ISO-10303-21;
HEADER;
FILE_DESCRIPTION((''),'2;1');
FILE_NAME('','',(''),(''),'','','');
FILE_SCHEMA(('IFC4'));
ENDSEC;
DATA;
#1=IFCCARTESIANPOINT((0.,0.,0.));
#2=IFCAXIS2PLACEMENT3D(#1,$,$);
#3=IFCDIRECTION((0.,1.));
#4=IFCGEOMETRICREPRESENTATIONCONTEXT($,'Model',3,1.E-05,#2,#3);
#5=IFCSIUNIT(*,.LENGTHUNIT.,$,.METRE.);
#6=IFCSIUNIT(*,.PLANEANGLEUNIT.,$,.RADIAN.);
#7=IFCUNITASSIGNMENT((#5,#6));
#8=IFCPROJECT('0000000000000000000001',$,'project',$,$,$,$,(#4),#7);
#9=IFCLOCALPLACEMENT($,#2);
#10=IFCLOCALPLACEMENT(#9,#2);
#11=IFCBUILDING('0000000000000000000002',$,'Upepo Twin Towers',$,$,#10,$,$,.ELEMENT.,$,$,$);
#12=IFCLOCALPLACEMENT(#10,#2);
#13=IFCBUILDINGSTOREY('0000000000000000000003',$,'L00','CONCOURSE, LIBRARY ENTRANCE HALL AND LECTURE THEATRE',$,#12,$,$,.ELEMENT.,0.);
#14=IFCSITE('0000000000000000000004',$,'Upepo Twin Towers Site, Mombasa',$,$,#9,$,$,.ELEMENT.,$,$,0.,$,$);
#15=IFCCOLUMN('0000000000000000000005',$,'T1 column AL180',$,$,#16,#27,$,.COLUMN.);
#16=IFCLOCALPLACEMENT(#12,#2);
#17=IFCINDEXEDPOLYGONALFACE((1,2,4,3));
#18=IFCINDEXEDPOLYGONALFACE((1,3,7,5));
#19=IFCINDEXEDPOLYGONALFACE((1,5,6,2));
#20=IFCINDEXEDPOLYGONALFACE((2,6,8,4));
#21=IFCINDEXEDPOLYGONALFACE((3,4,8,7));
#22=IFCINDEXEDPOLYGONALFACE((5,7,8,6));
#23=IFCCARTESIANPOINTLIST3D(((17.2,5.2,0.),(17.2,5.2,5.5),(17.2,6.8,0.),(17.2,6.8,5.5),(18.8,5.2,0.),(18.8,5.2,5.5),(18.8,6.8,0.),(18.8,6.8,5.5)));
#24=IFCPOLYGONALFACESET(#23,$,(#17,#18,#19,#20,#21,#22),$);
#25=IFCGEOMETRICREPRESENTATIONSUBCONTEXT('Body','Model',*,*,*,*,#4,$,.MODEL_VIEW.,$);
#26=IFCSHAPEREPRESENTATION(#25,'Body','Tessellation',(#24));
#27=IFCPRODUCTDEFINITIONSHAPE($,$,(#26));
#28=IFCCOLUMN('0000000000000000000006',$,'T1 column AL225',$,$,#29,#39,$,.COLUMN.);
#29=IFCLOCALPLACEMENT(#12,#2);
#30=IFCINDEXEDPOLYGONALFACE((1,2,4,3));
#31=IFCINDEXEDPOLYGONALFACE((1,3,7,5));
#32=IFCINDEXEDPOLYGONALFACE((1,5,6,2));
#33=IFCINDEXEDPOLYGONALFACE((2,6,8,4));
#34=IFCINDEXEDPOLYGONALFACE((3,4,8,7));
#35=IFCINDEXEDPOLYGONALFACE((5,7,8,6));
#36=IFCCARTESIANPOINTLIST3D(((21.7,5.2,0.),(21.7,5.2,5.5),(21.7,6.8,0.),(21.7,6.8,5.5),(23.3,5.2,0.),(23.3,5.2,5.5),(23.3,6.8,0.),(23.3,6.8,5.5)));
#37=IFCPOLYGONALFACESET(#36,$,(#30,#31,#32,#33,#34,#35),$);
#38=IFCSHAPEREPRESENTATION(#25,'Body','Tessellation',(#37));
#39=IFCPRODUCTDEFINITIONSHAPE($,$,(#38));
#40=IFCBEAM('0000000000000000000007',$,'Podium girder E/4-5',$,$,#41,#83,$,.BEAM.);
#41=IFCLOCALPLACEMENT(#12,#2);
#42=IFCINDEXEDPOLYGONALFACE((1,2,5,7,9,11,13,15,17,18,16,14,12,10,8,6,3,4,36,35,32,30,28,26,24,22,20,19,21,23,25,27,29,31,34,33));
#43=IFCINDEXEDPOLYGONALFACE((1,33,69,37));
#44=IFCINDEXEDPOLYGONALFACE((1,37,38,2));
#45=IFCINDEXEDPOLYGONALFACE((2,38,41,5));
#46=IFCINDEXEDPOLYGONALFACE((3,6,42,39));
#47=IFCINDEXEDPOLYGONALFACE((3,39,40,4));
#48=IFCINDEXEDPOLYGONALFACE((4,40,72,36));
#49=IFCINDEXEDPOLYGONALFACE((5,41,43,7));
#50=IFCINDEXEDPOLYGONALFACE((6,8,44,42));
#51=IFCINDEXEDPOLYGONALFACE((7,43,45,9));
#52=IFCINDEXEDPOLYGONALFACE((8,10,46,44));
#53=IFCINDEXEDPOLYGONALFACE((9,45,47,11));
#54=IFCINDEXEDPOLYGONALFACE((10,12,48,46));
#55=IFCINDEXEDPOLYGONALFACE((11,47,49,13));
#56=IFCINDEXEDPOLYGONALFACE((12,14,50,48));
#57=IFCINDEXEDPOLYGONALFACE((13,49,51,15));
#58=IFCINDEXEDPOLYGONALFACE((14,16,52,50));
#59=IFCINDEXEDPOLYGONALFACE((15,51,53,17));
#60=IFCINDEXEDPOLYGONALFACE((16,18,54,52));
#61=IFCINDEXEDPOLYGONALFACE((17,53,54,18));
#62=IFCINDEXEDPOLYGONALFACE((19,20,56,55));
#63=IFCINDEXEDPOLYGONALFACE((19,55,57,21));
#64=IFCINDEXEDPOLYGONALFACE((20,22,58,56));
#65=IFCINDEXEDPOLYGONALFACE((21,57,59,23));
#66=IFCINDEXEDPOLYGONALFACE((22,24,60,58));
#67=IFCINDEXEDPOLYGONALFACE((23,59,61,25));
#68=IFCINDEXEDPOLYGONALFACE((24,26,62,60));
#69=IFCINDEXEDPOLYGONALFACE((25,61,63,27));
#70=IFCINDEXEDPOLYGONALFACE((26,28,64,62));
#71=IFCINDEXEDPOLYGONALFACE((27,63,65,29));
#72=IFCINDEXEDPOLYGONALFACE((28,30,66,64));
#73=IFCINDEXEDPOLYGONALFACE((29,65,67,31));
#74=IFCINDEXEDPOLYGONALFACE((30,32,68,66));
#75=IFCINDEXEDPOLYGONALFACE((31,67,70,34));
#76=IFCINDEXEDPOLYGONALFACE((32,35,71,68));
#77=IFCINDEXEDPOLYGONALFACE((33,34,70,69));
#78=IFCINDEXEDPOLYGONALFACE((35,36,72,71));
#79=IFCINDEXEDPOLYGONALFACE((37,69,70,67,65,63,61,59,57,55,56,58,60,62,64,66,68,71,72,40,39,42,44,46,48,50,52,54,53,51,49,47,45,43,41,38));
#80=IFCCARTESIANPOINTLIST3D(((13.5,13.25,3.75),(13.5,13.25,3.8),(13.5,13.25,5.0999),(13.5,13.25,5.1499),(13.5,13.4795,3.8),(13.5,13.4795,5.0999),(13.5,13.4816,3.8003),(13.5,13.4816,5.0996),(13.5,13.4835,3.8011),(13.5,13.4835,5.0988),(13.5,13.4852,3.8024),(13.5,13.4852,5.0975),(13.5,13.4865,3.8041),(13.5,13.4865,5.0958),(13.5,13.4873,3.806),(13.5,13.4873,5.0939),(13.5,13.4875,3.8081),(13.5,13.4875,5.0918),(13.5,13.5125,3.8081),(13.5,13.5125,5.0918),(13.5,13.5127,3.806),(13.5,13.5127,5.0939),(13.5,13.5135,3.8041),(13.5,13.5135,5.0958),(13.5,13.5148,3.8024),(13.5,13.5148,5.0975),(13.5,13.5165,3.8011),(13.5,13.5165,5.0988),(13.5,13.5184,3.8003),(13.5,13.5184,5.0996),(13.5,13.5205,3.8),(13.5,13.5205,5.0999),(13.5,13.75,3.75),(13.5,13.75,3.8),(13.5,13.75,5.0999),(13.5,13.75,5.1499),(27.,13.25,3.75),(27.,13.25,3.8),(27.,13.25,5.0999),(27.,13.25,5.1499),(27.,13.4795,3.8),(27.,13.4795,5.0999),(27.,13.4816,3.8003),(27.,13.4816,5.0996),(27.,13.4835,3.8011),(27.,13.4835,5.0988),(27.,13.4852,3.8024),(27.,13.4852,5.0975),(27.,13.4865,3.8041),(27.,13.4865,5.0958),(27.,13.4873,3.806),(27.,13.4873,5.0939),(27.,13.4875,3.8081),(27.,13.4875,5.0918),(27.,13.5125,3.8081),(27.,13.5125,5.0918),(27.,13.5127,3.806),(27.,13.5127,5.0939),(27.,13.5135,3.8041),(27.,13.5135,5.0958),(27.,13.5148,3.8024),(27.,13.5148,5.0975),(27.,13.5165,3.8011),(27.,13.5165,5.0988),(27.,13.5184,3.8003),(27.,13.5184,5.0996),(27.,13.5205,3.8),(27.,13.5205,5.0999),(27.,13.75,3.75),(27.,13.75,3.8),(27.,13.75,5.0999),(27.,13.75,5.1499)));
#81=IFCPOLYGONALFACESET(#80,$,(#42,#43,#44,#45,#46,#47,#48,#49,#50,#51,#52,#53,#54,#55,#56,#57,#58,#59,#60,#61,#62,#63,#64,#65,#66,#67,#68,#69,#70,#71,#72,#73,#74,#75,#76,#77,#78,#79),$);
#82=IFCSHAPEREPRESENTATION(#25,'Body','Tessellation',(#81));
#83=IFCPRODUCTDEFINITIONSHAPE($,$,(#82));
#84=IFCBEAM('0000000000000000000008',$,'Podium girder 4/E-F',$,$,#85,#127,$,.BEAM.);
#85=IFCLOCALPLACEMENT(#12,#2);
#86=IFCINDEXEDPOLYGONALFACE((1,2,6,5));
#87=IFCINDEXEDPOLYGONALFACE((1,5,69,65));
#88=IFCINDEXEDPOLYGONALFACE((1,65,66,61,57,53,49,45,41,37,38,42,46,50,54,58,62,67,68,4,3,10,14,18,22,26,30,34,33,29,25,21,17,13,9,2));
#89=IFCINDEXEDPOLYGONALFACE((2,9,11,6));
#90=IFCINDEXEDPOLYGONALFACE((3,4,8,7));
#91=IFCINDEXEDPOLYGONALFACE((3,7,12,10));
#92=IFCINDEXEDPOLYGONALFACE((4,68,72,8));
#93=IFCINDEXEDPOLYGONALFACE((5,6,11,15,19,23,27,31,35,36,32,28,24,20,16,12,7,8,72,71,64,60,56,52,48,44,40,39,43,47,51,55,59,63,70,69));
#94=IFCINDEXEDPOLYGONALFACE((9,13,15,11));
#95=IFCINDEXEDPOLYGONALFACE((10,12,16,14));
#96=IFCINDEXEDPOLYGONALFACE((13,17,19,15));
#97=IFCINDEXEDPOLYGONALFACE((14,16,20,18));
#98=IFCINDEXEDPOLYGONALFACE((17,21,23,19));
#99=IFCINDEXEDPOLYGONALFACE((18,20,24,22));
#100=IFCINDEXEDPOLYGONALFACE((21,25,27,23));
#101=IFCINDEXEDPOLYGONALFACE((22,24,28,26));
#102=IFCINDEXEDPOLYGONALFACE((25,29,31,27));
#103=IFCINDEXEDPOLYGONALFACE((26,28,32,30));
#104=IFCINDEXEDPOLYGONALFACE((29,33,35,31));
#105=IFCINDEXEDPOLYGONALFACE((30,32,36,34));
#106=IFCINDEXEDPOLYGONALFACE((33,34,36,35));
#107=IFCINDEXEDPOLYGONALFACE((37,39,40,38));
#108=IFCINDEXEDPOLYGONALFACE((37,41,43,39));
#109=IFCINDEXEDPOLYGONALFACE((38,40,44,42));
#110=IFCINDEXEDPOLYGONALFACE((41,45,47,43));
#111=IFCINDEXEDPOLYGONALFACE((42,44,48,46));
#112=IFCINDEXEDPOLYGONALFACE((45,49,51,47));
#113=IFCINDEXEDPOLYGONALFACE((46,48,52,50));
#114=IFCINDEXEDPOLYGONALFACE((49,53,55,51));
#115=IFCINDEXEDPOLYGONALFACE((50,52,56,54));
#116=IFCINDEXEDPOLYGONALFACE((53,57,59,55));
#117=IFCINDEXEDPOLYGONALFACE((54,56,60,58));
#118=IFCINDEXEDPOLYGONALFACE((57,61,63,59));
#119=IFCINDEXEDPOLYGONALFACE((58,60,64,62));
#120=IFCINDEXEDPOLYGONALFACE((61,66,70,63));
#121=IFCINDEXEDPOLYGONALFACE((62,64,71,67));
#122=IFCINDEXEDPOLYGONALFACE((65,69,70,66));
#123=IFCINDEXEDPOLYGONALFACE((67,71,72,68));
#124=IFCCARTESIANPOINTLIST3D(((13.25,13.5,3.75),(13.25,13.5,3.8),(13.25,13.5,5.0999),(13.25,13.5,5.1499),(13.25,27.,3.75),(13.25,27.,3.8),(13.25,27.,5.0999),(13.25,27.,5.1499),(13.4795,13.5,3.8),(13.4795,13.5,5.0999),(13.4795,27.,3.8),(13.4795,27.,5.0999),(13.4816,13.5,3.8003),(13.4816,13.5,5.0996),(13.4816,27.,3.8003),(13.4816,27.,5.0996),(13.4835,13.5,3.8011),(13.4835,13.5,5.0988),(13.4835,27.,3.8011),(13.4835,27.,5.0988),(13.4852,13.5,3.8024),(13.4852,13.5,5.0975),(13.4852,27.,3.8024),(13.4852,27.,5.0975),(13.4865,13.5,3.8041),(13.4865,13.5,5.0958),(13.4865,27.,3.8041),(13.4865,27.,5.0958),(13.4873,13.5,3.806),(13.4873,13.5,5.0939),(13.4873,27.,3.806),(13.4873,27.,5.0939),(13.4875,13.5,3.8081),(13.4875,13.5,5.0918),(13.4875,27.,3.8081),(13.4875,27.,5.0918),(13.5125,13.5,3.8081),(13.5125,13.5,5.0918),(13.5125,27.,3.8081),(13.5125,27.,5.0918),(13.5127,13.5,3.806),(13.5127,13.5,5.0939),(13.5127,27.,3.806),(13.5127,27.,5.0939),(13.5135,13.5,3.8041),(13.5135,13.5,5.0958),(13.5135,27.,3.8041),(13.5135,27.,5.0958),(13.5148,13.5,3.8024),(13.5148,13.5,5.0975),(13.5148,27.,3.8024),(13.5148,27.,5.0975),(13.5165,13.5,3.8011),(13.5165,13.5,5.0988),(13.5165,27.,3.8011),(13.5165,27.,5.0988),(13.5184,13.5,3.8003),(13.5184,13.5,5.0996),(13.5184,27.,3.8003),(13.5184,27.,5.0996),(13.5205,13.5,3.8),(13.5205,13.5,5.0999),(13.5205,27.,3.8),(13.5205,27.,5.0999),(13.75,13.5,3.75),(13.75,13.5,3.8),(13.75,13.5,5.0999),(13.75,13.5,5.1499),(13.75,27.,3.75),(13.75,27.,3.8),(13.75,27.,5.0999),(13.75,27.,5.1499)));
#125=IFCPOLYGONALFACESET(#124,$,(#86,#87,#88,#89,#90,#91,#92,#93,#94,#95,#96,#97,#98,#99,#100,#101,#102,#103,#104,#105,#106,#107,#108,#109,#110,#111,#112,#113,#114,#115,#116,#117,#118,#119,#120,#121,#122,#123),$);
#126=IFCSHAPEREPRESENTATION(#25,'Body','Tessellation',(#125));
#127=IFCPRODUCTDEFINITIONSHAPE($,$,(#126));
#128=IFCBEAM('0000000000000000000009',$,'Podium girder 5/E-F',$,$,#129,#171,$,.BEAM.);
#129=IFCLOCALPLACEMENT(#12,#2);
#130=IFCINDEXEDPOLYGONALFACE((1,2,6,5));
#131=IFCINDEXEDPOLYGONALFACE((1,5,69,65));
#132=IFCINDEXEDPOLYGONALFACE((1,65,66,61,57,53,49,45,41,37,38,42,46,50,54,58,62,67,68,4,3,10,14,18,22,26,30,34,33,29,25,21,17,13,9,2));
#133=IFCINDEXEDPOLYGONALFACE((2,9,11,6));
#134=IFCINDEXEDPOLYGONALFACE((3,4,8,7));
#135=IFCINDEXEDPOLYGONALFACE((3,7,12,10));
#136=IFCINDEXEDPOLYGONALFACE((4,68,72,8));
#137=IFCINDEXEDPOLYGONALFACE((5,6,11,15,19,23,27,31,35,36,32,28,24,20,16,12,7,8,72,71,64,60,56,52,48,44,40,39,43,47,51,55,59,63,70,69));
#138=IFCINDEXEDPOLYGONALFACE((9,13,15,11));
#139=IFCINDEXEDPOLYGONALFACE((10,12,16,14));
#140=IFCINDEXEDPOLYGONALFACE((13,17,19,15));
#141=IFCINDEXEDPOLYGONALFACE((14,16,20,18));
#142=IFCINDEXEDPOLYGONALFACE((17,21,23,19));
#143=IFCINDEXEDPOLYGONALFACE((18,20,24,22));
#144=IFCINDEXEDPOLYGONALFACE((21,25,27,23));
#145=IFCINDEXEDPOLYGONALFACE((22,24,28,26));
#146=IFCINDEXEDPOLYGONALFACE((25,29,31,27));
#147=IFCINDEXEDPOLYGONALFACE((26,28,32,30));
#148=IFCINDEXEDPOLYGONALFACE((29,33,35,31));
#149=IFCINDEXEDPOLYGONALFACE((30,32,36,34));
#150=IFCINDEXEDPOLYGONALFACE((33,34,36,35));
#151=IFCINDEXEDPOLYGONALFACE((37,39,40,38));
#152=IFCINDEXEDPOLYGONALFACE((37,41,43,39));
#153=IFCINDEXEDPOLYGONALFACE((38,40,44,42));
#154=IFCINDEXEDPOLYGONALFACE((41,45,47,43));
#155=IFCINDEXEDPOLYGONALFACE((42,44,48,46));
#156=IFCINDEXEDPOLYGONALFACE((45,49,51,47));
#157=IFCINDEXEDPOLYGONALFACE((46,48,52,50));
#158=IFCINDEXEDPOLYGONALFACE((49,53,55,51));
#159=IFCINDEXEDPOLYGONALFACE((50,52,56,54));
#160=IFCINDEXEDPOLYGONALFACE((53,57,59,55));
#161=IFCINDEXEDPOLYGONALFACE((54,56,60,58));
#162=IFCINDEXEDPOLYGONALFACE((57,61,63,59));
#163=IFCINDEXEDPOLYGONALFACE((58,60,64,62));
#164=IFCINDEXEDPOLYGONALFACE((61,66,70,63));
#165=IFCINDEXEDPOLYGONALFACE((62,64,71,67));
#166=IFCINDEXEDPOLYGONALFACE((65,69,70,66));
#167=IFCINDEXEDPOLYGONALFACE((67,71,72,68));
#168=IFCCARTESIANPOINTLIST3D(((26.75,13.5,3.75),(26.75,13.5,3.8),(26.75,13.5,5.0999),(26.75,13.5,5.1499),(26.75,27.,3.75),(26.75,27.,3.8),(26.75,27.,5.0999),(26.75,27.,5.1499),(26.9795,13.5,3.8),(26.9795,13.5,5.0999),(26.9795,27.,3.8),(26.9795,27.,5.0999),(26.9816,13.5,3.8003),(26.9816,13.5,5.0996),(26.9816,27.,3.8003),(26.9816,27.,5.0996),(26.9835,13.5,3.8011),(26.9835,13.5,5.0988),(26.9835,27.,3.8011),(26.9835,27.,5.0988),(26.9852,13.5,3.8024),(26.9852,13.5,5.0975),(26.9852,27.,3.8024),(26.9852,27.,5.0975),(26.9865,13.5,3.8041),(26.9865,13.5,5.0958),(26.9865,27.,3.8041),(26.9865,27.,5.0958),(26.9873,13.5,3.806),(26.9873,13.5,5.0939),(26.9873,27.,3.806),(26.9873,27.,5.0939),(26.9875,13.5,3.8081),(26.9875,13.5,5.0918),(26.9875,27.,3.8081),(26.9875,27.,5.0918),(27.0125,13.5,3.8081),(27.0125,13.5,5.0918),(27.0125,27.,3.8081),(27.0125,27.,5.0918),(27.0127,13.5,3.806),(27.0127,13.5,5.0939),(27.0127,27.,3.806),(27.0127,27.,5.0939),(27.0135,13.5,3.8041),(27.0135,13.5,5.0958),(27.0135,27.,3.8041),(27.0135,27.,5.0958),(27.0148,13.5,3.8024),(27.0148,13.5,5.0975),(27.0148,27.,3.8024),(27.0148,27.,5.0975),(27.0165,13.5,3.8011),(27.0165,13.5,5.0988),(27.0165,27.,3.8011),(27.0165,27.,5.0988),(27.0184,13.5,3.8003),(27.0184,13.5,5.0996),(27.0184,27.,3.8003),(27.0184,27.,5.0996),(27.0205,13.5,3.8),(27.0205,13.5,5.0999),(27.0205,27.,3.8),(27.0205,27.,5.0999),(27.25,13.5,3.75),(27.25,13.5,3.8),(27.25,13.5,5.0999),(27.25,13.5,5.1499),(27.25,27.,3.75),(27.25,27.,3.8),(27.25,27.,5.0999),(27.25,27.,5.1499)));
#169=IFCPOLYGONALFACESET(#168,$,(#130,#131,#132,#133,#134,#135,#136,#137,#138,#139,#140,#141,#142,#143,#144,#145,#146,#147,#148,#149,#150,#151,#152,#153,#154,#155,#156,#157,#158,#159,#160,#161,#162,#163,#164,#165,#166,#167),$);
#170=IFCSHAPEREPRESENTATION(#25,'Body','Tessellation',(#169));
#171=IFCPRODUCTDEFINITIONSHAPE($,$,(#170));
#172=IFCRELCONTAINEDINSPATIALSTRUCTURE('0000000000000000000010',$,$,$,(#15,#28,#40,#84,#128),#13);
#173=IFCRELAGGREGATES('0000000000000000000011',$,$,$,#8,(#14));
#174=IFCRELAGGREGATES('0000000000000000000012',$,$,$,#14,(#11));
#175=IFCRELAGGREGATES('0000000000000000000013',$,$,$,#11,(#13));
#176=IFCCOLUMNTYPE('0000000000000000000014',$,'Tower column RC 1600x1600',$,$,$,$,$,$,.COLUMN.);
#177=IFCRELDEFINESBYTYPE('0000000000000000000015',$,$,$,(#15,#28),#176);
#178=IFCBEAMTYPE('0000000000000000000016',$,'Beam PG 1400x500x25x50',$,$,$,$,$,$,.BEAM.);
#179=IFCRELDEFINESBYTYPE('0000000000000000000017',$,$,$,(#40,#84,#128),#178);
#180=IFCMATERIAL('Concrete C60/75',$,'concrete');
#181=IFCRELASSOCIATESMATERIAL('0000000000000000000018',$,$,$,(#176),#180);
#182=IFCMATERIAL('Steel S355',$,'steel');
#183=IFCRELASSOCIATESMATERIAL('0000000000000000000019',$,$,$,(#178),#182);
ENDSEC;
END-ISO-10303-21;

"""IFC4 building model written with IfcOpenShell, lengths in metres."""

from ifc_helpers import new_model, si_unit, direction, frame, origin, origin_2d, place, context, subcontext, project, spatial, rectangle, i_section, extrude, material, material_profile, profile_set, type_object, element, save


model = new_model("IFC4")

# Units and contexts
model_context = context("Model", 3, precision=1e-05, world=origin(), true_north=direction((0.0, 1.0)))
body_context = subcontext(model_context, "Body", "Model", "MODEL_VIEW")
ifc_project = project(units=[si_unit("LENGTHUNIT", "METRE"), si_unit("PLANEANGLEUNIT", "RADIAN")], contexts=[model_context])

# Site, building, storey
site_placement = place(None, origin())
site = spatial("IfcSite", under=ifc_project, at=site_placement, Name="Upepo Twin Towers Site, Mombasa", CompositionType="ELEMENT", RefElevation=0.0)
building_placement = place(site_placement, origin())
building = spatial("IfcBuilding", under=site, at=building_placement, Name="Upepo Twin Towers", CompositionType="ELEMENT")
storey_placement = place(building_placement, origin())
storey = spatial("IfcBuildingStorey", under=building, at=storey_placement, Name="L00", Description="CONCOURSE, LIBRARY ENTRANCE HALL AND LECTURE THEATRE", CompositionType="ELEMENT", Elevation=0.0)

# Columns
ifc_material_1 = material(Name="Concrete C60/75", Category="concrete")
ifc_material_profile_1 = material_profile(ifc_material_1, rectangle(XDim=1.6001, YDim=1.6001, at=origin_2d()), Name="RC 1600x1600")
ifc_profile_set_1 = profile_set([ifc_material_profile_1], Name="Concrete C60/75")
column_type_1 = type_object("IfcColumnType", Name="Tower column RC 1600x1600", PredefinedType="COLUMN", material=ifc_profile_set_1)
for number, where, z_axis, x_axis, name in (
    (1, (18.0, 6.0, 0.0), (0.0, 0.0, 1.0), (1.0, 0.0, 0.0), "T1 column AL180"),
    (2, (22.5, 6.0, 0.0), (0.0, 0.0, 1.0), (1.0, 0.0, 0.0), "T1 column AL225"),
):
    element("IfcColumn", number, at=place(storey_placement, frame(where, z_axis=z_axis, x_axis=x_axis)), inside=storey, type_object=column_type_1, Name=name, PredefinedType="COLUMN", context=body_context, shape_type="SweptSolid", body=[
        extrude(rectangle(XDim=1.6001, YDim=1.6001, at=origin_2d()), origin(), (0.0, 0.0, 1.0), 5.5),
    ])

# Beams
ifc_material_2 = material(Name="Steel S355", Category="steel")
ifc_material_profile_2 = material_profile(ifc_material_2, i_section(OverallWidth=0.5, OverallDepth=1.3999, WebThickness=0.0249, FlangeThickness=0.05, FilletRadius=0.0081, at=origin_2d()), Name="PG 1400x500x25x50")
ifc_profile_set_2 = profile_set([ifc_material_profile_2], Name="Steel S355")
beam_type_1 = type_object("IfcBeamType", Name="Beam PG 1400x500x25x50", PredefinedType="BEAM", material=ifc_profile_set_2)
for number, where, z_axis, x_axis, name in (
    (3, (13.5, 13.5, 4.45), (1.0, 0.0, 0.0), (0.0, 1.0, 0.0), "Podium girder E/4-5"),
    (4, (13.5, 13.5, 4.45), (0.0, 1.0, 0.0), (-1.0, 0.0, 0.0), "Podium girder 4/E-F"),
    (5, (27.0, 13.5, 4.45), (0.0, 1.0, 0.0), (-1.0, 0.0, 0.0), "Podium girder 5/E-F"),
):
    element("IfcBeam", number, at=place(storey_placement, frame(where, z_axis=z_axis, x_axis=x_axis)), inside=storey, type_object=beam_type_1, Name=name, PredefinedType="BEAM", context=body_context, shape_type="SweptSolid", body=[
        extrude(i_section(OverallWidth=0.5, OverallDepth=1.3999, WebThickness=0.0249, FlangeThickness=0.05, FilletRadius=0.0081, at=origin_2d()), origin(), (0.0, 0.0, 1.0), 13.5),
    ])

save(model, "model.ifc")
